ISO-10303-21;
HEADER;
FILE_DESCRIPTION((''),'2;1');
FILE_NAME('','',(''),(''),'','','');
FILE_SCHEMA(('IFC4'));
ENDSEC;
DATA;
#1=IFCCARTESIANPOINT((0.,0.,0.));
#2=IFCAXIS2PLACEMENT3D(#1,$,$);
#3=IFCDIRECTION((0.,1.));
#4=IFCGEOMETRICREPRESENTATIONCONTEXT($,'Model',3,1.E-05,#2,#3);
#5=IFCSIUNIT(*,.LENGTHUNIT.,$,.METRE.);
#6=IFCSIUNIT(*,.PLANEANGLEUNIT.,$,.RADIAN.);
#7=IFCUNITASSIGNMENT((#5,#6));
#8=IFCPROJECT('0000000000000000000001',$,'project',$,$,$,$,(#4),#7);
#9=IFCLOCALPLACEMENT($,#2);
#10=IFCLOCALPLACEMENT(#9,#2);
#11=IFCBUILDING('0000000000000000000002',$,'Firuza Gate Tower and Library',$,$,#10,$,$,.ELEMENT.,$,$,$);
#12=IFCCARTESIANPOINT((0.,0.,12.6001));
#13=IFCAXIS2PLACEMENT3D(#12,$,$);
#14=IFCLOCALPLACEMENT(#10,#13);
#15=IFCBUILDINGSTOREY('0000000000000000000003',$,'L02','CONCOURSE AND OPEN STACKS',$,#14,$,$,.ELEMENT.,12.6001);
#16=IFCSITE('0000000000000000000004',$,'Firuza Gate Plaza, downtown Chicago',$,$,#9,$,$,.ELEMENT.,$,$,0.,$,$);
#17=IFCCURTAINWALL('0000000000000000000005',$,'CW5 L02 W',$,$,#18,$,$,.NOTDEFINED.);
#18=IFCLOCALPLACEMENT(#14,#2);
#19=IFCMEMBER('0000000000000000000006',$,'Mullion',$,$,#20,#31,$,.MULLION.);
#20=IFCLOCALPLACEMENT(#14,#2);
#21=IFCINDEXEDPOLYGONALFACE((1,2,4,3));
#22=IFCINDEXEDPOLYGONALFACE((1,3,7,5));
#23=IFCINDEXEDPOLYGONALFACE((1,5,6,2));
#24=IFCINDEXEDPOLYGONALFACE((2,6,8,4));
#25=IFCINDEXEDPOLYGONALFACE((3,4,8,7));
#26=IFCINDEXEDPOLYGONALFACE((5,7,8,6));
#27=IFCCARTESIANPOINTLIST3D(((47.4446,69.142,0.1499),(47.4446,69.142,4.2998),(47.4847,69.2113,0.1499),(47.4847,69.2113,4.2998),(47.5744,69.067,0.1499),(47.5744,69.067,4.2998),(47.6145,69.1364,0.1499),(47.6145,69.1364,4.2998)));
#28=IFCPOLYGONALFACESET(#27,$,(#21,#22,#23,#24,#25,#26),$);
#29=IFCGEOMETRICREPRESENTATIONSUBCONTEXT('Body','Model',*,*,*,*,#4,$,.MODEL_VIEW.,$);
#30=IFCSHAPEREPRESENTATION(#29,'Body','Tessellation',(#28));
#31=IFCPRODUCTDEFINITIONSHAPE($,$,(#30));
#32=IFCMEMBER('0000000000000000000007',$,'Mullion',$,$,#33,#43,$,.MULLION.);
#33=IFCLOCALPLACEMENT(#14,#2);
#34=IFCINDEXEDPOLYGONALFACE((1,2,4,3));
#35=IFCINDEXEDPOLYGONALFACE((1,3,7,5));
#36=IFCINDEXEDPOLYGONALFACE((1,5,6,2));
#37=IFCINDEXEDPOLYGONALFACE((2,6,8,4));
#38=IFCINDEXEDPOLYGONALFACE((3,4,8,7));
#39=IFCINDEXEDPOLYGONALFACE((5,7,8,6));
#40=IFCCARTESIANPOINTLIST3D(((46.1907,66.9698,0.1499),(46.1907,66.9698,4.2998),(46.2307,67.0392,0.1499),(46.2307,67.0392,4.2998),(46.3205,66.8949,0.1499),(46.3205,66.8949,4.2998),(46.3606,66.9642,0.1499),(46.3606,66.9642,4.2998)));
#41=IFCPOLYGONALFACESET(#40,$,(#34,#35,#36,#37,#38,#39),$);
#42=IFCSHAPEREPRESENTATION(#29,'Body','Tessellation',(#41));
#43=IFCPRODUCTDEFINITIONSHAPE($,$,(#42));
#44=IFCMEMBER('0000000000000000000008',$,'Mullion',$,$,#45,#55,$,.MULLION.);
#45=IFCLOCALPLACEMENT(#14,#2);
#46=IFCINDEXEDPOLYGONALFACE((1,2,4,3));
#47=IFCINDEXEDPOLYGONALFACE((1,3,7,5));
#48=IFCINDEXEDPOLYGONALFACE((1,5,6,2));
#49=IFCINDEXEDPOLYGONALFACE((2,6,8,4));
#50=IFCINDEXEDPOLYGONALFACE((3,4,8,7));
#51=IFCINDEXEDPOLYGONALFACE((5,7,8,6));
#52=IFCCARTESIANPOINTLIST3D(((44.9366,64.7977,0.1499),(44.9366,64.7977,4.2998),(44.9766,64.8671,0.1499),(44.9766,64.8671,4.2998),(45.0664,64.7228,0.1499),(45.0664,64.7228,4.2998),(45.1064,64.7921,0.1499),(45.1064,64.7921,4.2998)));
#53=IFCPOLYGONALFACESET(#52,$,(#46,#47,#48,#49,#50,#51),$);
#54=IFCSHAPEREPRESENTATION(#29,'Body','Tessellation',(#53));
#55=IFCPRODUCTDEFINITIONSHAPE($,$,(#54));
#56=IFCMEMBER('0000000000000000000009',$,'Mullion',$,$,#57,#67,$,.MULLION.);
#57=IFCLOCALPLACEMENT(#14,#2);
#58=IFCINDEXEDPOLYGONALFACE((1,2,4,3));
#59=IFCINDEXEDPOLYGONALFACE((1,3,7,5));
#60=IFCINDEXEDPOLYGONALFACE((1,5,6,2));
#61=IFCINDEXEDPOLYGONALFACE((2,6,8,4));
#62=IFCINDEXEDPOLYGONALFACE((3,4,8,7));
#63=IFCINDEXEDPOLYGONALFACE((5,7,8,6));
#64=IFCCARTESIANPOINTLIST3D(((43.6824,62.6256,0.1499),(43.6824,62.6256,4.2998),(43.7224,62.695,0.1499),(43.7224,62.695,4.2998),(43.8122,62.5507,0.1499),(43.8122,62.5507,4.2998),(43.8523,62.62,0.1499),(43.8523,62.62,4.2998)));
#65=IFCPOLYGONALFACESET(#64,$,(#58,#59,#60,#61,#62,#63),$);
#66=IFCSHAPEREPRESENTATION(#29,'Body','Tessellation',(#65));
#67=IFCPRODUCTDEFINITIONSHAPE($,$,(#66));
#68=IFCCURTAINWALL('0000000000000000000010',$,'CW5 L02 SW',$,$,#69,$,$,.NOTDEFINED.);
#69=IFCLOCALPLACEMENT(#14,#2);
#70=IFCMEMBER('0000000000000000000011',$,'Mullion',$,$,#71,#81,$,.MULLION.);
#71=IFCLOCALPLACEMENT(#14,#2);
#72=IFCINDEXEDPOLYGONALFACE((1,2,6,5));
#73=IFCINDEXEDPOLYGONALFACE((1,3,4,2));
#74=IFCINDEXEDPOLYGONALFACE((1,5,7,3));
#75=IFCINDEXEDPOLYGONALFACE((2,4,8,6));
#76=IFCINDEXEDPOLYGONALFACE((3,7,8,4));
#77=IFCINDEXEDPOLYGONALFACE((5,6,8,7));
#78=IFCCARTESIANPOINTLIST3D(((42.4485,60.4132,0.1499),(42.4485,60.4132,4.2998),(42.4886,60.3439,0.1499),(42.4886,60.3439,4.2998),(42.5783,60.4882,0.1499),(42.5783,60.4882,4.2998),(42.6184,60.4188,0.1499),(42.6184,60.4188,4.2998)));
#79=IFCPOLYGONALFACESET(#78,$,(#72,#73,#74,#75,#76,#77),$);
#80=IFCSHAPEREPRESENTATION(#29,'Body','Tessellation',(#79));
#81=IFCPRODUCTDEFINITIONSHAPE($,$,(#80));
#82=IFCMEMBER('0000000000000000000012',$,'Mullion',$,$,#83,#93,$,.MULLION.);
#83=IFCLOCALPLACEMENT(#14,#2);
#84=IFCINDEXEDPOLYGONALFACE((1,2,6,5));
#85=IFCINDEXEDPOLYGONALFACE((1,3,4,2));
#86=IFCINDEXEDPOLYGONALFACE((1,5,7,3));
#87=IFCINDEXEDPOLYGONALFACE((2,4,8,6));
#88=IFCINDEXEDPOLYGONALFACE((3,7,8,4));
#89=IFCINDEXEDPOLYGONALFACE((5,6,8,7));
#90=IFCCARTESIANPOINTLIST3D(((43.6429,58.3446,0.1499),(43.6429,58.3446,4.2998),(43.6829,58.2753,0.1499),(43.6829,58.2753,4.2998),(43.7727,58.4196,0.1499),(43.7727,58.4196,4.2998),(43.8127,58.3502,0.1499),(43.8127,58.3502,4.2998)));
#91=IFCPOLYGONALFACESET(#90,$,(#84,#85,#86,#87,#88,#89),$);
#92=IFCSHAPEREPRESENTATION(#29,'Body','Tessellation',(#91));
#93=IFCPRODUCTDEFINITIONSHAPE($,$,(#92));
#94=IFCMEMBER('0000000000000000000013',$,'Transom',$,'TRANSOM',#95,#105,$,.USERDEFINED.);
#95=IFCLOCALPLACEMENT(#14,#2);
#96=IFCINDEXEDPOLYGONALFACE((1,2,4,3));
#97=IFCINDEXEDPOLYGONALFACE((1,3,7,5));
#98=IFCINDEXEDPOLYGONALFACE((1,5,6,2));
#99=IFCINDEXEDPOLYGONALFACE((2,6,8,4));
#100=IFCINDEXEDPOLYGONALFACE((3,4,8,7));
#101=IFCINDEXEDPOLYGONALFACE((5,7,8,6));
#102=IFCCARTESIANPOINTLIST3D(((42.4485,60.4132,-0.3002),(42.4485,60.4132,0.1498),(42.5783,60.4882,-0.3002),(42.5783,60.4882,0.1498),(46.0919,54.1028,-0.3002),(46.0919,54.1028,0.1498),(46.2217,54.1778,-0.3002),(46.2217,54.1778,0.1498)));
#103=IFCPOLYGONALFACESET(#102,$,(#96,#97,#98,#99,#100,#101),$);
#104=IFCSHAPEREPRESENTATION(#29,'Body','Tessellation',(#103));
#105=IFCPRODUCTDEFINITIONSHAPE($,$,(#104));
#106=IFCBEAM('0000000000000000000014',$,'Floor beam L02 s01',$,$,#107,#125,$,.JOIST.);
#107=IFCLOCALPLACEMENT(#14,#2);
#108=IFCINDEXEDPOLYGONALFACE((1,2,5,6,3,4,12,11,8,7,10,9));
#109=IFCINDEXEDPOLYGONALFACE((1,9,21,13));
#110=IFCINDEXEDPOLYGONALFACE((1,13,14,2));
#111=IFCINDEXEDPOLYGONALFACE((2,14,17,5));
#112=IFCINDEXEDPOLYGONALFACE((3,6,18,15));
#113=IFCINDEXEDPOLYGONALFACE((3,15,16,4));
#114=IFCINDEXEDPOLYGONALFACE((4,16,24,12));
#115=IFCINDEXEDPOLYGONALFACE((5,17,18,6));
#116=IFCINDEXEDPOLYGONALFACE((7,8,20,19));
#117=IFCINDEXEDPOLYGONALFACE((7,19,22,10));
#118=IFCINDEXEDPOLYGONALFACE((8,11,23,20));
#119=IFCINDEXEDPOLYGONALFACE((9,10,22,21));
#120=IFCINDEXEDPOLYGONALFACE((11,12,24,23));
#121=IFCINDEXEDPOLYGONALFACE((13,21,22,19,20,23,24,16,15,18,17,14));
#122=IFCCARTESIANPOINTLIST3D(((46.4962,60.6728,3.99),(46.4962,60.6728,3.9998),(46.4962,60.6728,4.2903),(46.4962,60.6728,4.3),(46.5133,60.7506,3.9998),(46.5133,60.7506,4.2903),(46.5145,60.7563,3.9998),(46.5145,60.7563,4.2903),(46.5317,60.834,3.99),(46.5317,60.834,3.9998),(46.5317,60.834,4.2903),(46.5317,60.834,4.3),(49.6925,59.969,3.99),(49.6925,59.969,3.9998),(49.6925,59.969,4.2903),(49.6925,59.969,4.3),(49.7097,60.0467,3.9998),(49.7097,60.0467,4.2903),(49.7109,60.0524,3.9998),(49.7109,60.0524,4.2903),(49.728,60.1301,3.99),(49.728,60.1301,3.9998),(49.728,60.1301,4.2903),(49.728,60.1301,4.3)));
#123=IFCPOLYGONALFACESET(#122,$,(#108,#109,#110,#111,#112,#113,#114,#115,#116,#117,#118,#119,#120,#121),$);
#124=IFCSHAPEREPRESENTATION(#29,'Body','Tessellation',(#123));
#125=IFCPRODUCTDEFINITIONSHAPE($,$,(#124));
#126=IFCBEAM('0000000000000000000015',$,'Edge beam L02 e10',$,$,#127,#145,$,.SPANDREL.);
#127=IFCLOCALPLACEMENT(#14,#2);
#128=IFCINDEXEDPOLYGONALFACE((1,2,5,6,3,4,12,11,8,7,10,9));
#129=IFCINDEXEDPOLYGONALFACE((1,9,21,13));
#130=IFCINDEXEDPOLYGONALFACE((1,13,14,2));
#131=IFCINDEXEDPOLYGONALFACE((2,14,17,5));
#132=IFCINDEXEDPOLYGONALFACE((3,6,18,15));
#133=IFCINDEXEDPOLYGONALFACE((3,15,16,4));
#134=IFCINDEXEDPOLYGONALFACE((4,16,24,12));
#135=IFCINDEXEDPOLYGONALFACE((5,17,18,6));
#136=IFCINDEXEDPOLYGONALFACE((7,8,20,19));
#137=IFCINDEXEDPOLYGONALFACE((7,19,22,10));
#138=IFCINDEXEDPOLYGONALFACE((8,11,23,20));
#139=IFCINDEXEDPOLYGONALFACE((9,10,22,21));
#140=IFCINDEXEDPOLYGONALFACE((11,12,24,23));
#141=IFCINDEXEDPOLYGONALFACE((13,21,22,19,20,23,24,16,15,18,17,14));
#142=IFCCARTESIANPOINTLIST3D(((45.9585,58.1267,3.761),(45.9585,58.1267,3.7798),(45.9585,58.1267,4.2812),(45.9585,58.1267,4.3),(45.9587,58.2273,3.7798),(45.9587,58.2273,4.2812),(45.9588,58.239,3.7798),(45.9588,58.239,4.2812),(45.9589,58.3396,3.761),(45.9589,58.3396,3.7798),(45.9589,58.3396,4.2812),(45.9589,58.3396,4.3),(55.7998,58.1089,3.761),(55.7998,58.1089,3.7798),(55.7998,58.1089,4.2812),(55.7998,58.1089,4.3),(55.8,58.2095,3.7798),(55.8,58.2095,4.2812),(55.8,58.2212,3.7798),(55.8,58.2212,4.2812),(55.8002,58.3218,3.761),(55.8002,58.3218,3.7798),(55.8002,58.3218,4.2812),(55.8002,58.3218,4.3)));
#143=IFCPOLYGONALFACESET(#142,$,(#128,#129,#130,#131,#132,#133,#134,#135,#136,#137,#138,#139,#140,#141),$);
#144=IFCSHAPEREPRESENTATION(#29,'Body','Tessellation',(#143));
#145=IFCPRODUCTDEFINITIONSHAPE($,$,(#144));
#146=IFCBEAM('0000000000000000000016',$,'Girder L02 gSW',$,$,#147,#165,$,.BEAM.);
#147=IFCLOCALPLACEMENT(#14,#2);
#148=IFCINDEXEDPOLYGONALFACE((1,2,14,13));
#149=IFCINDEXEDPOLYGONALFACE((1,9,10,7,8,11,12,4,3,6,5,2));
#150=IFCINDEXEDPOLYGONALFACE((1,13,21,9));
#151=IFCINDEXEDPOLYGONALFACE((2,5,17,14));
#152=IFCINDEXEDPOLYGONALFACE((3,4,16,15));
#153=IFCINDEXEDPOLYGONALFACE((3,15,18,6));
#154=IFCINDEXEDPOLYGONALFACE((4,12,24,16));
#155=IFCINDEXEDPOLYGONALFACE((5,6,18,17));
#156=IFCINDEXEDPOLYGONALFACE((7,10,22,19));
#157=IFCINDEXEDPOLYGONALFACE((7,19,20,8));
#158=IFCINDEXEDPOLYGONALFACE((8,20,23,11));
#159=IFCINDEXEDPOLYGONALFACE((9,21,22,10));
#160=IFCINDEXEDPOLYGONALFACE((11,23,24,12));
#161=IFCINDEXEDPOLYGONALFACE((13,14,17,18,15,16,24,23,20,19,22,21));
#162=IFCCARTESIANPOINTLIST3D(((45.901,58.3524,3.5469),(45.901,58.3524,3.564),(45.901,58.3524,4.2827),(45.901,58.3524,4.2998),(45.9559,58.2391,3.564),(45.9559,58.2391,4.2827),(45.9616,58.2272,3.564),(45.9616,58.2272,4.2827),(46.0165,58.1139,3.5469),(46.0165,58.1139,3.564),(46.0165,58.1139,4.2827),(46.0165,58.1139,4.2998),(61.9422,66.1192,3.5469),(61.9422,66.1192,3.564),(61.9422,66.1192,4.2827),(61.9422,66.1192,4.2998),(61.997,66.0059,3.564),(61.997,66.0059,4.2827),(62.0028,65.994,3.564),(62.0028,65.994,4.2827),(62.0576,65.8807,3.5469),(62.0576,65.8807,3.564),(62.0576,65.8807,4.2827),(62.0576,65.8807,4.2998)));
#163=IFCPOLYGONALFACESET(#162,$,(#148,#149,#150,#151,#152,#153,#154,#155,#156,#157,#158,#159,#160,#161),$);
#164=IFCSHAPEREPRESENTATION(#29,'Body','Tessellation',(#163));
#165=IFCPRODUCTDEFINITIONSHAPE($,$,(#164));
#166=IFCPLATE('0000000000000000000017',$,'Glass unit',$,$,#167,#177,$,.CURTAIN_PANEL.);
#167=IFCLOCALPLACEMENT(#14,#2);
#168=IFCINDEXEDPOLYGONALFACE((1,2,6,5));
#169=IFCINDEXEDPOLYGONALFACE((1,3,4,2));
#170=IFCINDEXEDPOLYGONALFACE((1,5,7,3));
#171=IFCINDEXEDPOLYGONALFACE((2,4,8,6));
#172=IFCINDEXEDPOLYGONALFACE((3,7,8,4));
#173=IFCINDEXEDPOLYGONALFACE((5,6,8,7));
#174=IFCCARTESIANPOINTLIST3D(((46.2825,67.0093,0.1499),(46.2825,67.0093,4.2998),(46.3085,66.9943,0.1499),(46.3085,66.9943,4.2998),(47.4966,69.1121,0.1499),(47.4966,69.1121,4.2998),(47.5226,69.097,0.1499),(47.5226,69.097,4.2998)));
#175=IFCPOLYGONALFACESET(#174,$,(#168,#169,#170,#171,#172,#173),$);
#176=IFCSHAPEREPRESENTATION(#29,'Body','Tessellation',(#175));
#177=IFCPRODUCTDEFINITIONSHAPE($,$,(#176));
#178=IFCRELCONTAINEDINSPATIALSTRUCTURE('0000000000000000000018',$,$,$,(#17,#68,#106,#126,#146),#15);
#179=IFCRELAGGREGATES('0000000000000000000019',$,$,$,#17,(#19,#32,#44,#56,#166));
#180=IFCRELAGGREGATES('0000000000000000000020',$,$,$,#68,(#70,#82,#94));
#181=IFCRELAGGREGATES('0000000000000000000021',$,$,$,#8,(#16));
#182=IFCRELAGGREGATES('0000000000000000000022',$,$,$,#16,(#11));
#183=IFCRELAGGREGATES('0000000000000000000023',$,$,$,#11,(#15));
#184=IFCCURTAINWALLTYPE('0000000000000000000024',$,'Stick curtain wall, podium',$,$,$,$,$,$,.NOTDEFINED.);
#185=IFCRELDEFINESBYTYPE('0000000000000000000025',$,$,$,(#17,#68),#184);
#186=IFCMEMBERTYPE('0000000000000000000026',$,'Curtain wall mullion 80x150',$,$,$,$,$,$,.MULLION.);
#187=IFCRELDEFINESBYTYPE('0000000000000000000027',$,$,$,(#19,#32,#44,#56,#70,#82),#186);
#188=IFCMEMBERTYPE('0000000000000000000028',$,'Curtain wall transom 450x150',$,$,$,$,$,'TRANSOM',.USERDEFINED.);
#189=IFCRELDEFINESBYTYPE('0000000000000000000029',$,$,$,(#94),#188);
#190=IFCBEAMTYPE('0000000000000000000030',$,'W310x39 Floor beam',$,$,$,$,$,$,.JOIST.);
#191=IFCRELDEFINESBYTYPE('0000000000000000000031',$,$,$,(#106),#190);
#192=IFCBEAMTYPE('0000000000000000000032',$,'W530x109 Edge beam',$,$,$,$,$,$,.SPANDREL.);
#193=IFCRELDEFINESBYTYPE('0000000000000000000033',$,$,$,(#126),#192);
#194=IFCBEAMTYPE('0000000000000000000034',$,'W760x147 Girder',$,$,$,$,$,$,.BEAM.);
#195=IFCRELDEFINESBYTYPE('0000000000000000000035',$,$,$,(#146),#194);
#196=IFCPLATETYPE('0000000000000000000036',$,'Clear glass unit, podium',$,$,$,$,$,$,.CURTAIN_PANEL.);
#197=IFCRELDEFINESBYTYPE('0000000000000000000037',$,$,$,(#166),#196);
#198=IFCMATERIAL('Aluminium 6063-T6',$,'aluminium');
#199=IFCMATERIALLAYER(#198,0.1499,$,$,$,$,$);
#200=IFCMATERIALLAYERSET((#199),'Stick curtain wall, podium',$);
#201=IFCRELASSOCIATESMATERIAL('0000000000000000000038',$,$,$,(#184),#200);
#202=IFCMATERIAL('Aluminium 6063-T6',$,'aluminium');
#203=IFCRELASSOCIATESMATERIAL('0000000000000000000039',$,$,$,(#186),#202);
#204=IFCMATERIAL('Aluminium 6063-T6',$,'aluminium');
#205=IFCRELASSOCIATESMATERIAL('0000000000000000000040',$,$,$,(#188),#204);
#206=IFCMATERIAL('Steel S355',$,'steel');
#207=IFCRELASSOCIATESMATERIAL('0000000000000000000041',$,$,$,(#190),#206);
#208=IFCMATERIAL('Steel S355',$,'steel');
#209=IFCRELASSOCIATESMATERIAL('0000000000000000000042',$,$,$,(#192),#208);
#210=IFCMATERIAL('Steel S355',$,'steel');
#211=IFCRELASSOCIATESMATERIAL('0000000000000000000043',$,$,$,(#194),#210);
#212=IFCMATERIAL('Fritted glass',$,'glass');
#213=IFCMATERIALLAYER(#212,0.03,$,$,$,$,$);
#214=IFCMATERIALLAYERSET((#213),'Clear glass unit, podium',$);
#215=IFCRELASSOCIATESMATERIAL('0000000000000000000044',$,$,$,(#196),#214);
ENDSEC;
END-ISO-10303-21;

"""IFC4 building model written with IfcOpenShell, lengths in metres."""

from ifc_helpers import new_model, si_unit, direction, frame, origin, origin_2d, place, context, subcontext, project, spatial, polyline, rectangle, i_section, outline, extrude, material, layer, layer_set, material_profile, profile_set, type_object, element, aggregate, save


model = new_model("IFC4")

# Units and contexts
model_context = context("Model", 3, precision=1e-05, world=origin(), true_north=direction((0.0, 1.0)))
body_context = subcontext(model_context, "Body", "Model", "MODEL_VIEW")
ifc_project = project(units=[si_unit("LENGTHUNIT", "METRE"), si_unit("PLANEANGLEUNIT", "RADIAN")], contexts=[model_context])

# Site, building, storey
site_placement = place(None, origin())
site = spatial("IfcSite", under=ifc_project, at=site_placement, Name="Firuza Gate Plaza, downtown Chicago", CompositionType="ELEMENT", RefElevation=0.0)
building_placement = place(site_placement, origin())
building = spatial("IfcBuilding", under=site, at=building_placement, Name="Firuza Gate Tower and Library", CompositionType="ELEMENT")
storey_placement = place(building_placement, frame((0.0, 0.0, 12.6001)))
storey = spatial("IfcBuildingStorey", under=building, at=storey_placement, Name="L02", Description="CONCOURSE AND OPEN STACKS", CompositionType="ELEMENT", Elevation=12.6001)

# Curtain walls, members
ifc_material_1 = material(Name="Aluminium 6063-T6", Category="aluminium")
ifc_layer_1 = layer(ifc_material_1, 0.1499)
ifc_layer_set_1 = layer_set([ifc_layer_1], Name="Stick curtain wall, podium")
curtain_wall_type = type_object("IfcCurtainWallType", Name="Stick curtain wall, podium", PredefinedType="NOTDEFINED", material=ifc_layer_set_1)
placement = place(storey_placement, origin())
curtain_wall_1 = element("IfcCurtainWall", 1, at=placement, inside=storey, type_object=curtain_wall_type, Name="CW5 L02 W", PredefinedType="NOTDEFINED")
ifc_material_2 = material(Name="Aluminium 6063-T6", Category="aluminium")
ifc_material_profile_1 = material_profile(ifc_material_2, rectangle(XDim=0.1499, YDim=0.0801, at=origin_2d()))
ifc_profile_set_1 = profile_set([ifc_material_profile_1], Name="Aluminium 6063-T6")
member_type_1 = type_object("IfcMemberType", Name="Curtain wall mullion 80x150", PredefinedType="MULLION", material=ifc_profile_set_1)
member_1_placement = place(storey_placement, frame((47.5295, 69.1392, 0.1499), z_axis=(0.0, 0.0, 1.0), x_axis=(0.866025, -0.5, 0.0)))
member_1 = element("IfcMember", 2, at=member_1_placement, type_object=member_type_1, Name="Mullion", PredefinedType="MULLION", context=body_context, shape_type="SweptSolid", body=[
    extrude(rectangle(XDim=0.1499, YDim=0.0801, at=origin_2d()), origin(), (0.0, 0.0, 1.0), 4.1499),
])
member_2_placement = place(storey_placement, frame((46.2756, 66.967, 0.1499), z_axis=(0.0, 0.0, 1.0), x_axis=(0.866025, -0.5, 0.0)))
member_2 = element("IfcMember", 3, at=member_2_placement, type_object=member_type_1, Name="Mullion", PredefinedType="MULLION", context=body_context, shape_type="SweptSolid", body=[
    extrude(rectangle(XDim=0.1499, YDim=0.0801, at=origin_2d()), origin(), (0.0, 0.0, 1.0), 4.1499),
])
member_3_placement = place(storey_placement, frame((45.0215, 64.7949, 0.1499), z_axis=(0.0, 0.0, 1.0), x_axis=(0.866025, -0.5, 0.0)))
member_3 = element("IfcMember", 4, at=member_3_placement, type_object=member_type_1, Name="Mullion", PredefinedType="MULLION", context=body_context, shape_type="SweptSolid", body=[
    extrude(rectangle(XDim=0.1499, YDim=0.0801, at=origin_2d()), origin(), (0.0, 0.0, 1.0), 4.1499),
])
member_4_placement = place(storey_placement, frame((43.7673, 62.6228, 0.1499), z_axis=(0.0, 0.0, 1.0), x_axis=(0.866025, -0.5, 0.0)))
member_4 = element("IfcMember", 5, at=member_4_placement, type_object=member_type_1, Name="Mullion", PredefinedType="MULLION", context=body_context, shape_type="SweptSolid", body=[
    extrude(rectangle(XDim=0.1499, YDim=0.0801, at=origin_2d()), origin(), (0.0, 0.0, 1.0), 4.1499),
])
curtain_wall_2 = element("IfcCurtainWall", 6, at=placement, inside=storey, type_object=curtain_wall_type, Name="CW5 L02 SW", PredefinedType="NOTDEFINED")
member_5_placement = place(storey_placement, frame((42.5334, 60.416, 0.1499), z_axis=(0.0, 0.0, 1.0), x_axis=(0.866025, 0.5, 0.0)))
member_5 = element("IfcMember", 7, at=member_5_placement, type_object=member_type_1, Name="Mullion", PredefinedType="MULLION", context=body_context, shape_type="SweptSolid", body=[
    extrude(rectangle(XDim=0.1499, YDim=0.0801, at=origin_2d()), origin(), (0.0, 0.0, 1.0), 4.1499),
])
member_6_placement = place(storey_placement, frame((43.7278, 58.3474, 0.1499), z_axis=(0.0, 0.0, 1.0), x_axis=(0.866025, 0.5, 0.0)))
member_6 = element("IfcMember", 8, at=member_6_placement, type_object=member_type_1, Name="Mullion", PredefinedType="MULLION", context=body_context, shape_type="SweptSolid", body=[
    extrude(rectangle(XDim=0.1499, YDim=0.0801, at=origin_2d()), origin(), (0.0, 0.0, 1.0), 4.1499),
])
ifc_material_3 = material(Name="Aluminium 6063-T6", Category="aluminium")
ifc_material_profile_2 = material_profile(ifc_material_3, rectangle(XDim=0.1499, YDim=0.45, at=origin_2d()))
ifc_profile_set_2 = profile_set([ifc_material_profile_2], Name="Aluminium 6063-T6")
member_type_2 = type_object("IfcMemberType", Name="Curtain wall transom 450x150", ElementType="TRANSOM", PredefinedType="USERDEFINED", material=ifc_profile_set_2)
member_7_placement = place(storey_placement, frame((42.5134, 60.4507, -0.0752), z_axis=(0.500006, -0.866022, 0.0), x_axis=(0.866022, 0.500006, 0.0)))
member_7 = element("IfcMember", 9, at=member_7_placement, type_object=member_type_2, Name="Transom", ObjectType="TRANSOM", PredefinedType="USERDEFINED", context=body_context, shape_type="SweptSolid", body=[
    extrude(rectangle(XDim=0.1499, YDim=0.45, at=origin_2d()), origin(), (0.0, 0.0, 1.0), 7.2866),
])

# Beams
ifc_material_4 = material(Name="Steel S355", Category="steel")
ifc_material_profile_3 = material_profile(ifc_material_4, i_section(OverallWidth=0.165, OverallDepth=0.3101, WebThickness=0.0059, FlangeThickness=0.0098, at=origin_2d()))
ifc_profile_set_3 = profile_set([ifc_material_profile_3], Name="Steel S355")
beam_type_1 = type_object("IfcBeamType", Name="W310x39 Floor beam", PredefinedType="JOIST", material=ifc_profile_set_3)
beam_1_placement = place(storey_placement, frame((46.5139, 60.7534, 4.145), z_axis=(0.976601, -0.215058, 0.0), x_axis=(0.215058, 0.976601, 0.0)))
element("IfcBeam", 10, at=beam_1_placement, inside=storey, type_object=beam_type_1, Name="Floor beam L02 s01", PredefinedType="JOIST", context=body_context, shape_type="SweptSolid", body=[
    extrude(i_section(OverallWidth=0.165, OverallDepth=0.3101, WebThickness=0.0059, FlangeThickness=0.0098, at=origin_2d()), origin(), (0.0, 0.0, 1.0), 3.2729),
])
ifc_material_5 = material(Name="Steel S355", Category="steel")
ifc_material_profile_4 = material_profile(ifc_material_5, i_section(OverallWidth=0.2129, OverallDepth=0.5391, WebThickness=0.0117, FlangeThickness=0.0188, at=origin_2d()))
ifc_profile_set_4 = profile_set([ifc_material_profile_4], Name="Steel S355")
beam_type_2 = type_object("IfcBeamType", Name="W530x109 Edge beam", PredefinedType="SPANDREL", material=ifc_profile_set_4)
beam_2_placement = place(storey_placement, frame((45.9587, 58.2332, 4.0305), z_axis=(0.999998, -0.001811, 0.0), x_axis=(0.001811, 0.999998, 0.0)))
element("IfcBeam", 11, at=beam_2_placement, inside=storey, type_object=beam_type_2, Name="Edge beam L02 e10", PredefinedType="SPANDREL", context=body_context, shape_type="SweptSolid", body=[
    extrude(i_section(OverallWidth=0.2129, OverallDepth=0.5391, WebThickness=0.0117, FlangeThickness=0.0188, at=origin_2d()), origin(), (0.0, 0.0, 1.0), 9.8413),
])
ifc_material_6 = material(Name="Steel S355", Category="steel")
ifc_material_profile_5 = material_profile(ifc_material_6, i_section(OverallWidth=0.2649, OverallDepth=0.7529, WebThickness=0.0132, FlangeThickness=0.0171, at=origin_2d()))
ifc_profile_set_5 = profile_set([ifc_material_profile_5], Name="Steel S355")
beam_type_3 = type_object("IfcBeamType", Name="W760x147 Girder", PredefinedType="BEAM", material=ifc_profile_set_5)
beam_3_placement = place(storey_placement, frame((45.9587, 58.2332, 3.9233), z_axis=(0.90005, 0.435786, 0.0), x_axis=(-0.435786, 0.90005, 0.0)))
element("IfcBeam", 12, at=beam_3_placement, inside=storey, type_object=beam_type_3, Name="Girder L02 gSW", PredefinedType="BEAM", context=body_context, shape_type="SweptSolid", body=[
    extrude(i_section(OverallWidth=0.2649, OverallDepth=0.7529, WebThickness=0.0132, FlangeThickness=0.0171, at=origin_2d()), origin(), (0.0, 0.0, 1.0), 17.8225),
])

# Plate
ifc_material_7 = material(Name="Fritted glass", Category="glass")
ifc_layer_2 = layer(ifc_material_7, 0.03)
ifc_layer_set_2 = layer_set([ifc_layer_2], Name="Clear glass unit, podium")
plate_type = type_object("IfcPlateType", Name="Clear glass unit, podium", PredefinedType="CURTAIN_PANEL", material=ifc_layer_set_2)
plate_1_placement = place(storey_placement, frame((47.4966, 69.1121, 0.1499), z_axis=(-0.866013, 0.500021, 0.0), x_axis=(-0.500021, -0.866013, 0.0)))
plate_1 = element("IfcPlate", 13, at=plate_1_placement, type_object=plate_type, Name="Glass unit", PredefinedType="CURTAIN_PANEL", context=body_context, shape_type="SweptSolid", body=[
    extrude(outline(polyline([(0.0, 0.0), (2.4281, 0.0), (2.4281, 4.1499), (0.0, 4.1499), (0.0, 0.0)])), origin(), (0.0, 0.0, -1.0), 0.03),
])
aggregate(curtain_wall_1, [member_1, member_2, member_3, member_4, plate_1])
aggregate(curtain_wall_2, [member_5, member_6, member_7])

save(model, "model.ifc")
